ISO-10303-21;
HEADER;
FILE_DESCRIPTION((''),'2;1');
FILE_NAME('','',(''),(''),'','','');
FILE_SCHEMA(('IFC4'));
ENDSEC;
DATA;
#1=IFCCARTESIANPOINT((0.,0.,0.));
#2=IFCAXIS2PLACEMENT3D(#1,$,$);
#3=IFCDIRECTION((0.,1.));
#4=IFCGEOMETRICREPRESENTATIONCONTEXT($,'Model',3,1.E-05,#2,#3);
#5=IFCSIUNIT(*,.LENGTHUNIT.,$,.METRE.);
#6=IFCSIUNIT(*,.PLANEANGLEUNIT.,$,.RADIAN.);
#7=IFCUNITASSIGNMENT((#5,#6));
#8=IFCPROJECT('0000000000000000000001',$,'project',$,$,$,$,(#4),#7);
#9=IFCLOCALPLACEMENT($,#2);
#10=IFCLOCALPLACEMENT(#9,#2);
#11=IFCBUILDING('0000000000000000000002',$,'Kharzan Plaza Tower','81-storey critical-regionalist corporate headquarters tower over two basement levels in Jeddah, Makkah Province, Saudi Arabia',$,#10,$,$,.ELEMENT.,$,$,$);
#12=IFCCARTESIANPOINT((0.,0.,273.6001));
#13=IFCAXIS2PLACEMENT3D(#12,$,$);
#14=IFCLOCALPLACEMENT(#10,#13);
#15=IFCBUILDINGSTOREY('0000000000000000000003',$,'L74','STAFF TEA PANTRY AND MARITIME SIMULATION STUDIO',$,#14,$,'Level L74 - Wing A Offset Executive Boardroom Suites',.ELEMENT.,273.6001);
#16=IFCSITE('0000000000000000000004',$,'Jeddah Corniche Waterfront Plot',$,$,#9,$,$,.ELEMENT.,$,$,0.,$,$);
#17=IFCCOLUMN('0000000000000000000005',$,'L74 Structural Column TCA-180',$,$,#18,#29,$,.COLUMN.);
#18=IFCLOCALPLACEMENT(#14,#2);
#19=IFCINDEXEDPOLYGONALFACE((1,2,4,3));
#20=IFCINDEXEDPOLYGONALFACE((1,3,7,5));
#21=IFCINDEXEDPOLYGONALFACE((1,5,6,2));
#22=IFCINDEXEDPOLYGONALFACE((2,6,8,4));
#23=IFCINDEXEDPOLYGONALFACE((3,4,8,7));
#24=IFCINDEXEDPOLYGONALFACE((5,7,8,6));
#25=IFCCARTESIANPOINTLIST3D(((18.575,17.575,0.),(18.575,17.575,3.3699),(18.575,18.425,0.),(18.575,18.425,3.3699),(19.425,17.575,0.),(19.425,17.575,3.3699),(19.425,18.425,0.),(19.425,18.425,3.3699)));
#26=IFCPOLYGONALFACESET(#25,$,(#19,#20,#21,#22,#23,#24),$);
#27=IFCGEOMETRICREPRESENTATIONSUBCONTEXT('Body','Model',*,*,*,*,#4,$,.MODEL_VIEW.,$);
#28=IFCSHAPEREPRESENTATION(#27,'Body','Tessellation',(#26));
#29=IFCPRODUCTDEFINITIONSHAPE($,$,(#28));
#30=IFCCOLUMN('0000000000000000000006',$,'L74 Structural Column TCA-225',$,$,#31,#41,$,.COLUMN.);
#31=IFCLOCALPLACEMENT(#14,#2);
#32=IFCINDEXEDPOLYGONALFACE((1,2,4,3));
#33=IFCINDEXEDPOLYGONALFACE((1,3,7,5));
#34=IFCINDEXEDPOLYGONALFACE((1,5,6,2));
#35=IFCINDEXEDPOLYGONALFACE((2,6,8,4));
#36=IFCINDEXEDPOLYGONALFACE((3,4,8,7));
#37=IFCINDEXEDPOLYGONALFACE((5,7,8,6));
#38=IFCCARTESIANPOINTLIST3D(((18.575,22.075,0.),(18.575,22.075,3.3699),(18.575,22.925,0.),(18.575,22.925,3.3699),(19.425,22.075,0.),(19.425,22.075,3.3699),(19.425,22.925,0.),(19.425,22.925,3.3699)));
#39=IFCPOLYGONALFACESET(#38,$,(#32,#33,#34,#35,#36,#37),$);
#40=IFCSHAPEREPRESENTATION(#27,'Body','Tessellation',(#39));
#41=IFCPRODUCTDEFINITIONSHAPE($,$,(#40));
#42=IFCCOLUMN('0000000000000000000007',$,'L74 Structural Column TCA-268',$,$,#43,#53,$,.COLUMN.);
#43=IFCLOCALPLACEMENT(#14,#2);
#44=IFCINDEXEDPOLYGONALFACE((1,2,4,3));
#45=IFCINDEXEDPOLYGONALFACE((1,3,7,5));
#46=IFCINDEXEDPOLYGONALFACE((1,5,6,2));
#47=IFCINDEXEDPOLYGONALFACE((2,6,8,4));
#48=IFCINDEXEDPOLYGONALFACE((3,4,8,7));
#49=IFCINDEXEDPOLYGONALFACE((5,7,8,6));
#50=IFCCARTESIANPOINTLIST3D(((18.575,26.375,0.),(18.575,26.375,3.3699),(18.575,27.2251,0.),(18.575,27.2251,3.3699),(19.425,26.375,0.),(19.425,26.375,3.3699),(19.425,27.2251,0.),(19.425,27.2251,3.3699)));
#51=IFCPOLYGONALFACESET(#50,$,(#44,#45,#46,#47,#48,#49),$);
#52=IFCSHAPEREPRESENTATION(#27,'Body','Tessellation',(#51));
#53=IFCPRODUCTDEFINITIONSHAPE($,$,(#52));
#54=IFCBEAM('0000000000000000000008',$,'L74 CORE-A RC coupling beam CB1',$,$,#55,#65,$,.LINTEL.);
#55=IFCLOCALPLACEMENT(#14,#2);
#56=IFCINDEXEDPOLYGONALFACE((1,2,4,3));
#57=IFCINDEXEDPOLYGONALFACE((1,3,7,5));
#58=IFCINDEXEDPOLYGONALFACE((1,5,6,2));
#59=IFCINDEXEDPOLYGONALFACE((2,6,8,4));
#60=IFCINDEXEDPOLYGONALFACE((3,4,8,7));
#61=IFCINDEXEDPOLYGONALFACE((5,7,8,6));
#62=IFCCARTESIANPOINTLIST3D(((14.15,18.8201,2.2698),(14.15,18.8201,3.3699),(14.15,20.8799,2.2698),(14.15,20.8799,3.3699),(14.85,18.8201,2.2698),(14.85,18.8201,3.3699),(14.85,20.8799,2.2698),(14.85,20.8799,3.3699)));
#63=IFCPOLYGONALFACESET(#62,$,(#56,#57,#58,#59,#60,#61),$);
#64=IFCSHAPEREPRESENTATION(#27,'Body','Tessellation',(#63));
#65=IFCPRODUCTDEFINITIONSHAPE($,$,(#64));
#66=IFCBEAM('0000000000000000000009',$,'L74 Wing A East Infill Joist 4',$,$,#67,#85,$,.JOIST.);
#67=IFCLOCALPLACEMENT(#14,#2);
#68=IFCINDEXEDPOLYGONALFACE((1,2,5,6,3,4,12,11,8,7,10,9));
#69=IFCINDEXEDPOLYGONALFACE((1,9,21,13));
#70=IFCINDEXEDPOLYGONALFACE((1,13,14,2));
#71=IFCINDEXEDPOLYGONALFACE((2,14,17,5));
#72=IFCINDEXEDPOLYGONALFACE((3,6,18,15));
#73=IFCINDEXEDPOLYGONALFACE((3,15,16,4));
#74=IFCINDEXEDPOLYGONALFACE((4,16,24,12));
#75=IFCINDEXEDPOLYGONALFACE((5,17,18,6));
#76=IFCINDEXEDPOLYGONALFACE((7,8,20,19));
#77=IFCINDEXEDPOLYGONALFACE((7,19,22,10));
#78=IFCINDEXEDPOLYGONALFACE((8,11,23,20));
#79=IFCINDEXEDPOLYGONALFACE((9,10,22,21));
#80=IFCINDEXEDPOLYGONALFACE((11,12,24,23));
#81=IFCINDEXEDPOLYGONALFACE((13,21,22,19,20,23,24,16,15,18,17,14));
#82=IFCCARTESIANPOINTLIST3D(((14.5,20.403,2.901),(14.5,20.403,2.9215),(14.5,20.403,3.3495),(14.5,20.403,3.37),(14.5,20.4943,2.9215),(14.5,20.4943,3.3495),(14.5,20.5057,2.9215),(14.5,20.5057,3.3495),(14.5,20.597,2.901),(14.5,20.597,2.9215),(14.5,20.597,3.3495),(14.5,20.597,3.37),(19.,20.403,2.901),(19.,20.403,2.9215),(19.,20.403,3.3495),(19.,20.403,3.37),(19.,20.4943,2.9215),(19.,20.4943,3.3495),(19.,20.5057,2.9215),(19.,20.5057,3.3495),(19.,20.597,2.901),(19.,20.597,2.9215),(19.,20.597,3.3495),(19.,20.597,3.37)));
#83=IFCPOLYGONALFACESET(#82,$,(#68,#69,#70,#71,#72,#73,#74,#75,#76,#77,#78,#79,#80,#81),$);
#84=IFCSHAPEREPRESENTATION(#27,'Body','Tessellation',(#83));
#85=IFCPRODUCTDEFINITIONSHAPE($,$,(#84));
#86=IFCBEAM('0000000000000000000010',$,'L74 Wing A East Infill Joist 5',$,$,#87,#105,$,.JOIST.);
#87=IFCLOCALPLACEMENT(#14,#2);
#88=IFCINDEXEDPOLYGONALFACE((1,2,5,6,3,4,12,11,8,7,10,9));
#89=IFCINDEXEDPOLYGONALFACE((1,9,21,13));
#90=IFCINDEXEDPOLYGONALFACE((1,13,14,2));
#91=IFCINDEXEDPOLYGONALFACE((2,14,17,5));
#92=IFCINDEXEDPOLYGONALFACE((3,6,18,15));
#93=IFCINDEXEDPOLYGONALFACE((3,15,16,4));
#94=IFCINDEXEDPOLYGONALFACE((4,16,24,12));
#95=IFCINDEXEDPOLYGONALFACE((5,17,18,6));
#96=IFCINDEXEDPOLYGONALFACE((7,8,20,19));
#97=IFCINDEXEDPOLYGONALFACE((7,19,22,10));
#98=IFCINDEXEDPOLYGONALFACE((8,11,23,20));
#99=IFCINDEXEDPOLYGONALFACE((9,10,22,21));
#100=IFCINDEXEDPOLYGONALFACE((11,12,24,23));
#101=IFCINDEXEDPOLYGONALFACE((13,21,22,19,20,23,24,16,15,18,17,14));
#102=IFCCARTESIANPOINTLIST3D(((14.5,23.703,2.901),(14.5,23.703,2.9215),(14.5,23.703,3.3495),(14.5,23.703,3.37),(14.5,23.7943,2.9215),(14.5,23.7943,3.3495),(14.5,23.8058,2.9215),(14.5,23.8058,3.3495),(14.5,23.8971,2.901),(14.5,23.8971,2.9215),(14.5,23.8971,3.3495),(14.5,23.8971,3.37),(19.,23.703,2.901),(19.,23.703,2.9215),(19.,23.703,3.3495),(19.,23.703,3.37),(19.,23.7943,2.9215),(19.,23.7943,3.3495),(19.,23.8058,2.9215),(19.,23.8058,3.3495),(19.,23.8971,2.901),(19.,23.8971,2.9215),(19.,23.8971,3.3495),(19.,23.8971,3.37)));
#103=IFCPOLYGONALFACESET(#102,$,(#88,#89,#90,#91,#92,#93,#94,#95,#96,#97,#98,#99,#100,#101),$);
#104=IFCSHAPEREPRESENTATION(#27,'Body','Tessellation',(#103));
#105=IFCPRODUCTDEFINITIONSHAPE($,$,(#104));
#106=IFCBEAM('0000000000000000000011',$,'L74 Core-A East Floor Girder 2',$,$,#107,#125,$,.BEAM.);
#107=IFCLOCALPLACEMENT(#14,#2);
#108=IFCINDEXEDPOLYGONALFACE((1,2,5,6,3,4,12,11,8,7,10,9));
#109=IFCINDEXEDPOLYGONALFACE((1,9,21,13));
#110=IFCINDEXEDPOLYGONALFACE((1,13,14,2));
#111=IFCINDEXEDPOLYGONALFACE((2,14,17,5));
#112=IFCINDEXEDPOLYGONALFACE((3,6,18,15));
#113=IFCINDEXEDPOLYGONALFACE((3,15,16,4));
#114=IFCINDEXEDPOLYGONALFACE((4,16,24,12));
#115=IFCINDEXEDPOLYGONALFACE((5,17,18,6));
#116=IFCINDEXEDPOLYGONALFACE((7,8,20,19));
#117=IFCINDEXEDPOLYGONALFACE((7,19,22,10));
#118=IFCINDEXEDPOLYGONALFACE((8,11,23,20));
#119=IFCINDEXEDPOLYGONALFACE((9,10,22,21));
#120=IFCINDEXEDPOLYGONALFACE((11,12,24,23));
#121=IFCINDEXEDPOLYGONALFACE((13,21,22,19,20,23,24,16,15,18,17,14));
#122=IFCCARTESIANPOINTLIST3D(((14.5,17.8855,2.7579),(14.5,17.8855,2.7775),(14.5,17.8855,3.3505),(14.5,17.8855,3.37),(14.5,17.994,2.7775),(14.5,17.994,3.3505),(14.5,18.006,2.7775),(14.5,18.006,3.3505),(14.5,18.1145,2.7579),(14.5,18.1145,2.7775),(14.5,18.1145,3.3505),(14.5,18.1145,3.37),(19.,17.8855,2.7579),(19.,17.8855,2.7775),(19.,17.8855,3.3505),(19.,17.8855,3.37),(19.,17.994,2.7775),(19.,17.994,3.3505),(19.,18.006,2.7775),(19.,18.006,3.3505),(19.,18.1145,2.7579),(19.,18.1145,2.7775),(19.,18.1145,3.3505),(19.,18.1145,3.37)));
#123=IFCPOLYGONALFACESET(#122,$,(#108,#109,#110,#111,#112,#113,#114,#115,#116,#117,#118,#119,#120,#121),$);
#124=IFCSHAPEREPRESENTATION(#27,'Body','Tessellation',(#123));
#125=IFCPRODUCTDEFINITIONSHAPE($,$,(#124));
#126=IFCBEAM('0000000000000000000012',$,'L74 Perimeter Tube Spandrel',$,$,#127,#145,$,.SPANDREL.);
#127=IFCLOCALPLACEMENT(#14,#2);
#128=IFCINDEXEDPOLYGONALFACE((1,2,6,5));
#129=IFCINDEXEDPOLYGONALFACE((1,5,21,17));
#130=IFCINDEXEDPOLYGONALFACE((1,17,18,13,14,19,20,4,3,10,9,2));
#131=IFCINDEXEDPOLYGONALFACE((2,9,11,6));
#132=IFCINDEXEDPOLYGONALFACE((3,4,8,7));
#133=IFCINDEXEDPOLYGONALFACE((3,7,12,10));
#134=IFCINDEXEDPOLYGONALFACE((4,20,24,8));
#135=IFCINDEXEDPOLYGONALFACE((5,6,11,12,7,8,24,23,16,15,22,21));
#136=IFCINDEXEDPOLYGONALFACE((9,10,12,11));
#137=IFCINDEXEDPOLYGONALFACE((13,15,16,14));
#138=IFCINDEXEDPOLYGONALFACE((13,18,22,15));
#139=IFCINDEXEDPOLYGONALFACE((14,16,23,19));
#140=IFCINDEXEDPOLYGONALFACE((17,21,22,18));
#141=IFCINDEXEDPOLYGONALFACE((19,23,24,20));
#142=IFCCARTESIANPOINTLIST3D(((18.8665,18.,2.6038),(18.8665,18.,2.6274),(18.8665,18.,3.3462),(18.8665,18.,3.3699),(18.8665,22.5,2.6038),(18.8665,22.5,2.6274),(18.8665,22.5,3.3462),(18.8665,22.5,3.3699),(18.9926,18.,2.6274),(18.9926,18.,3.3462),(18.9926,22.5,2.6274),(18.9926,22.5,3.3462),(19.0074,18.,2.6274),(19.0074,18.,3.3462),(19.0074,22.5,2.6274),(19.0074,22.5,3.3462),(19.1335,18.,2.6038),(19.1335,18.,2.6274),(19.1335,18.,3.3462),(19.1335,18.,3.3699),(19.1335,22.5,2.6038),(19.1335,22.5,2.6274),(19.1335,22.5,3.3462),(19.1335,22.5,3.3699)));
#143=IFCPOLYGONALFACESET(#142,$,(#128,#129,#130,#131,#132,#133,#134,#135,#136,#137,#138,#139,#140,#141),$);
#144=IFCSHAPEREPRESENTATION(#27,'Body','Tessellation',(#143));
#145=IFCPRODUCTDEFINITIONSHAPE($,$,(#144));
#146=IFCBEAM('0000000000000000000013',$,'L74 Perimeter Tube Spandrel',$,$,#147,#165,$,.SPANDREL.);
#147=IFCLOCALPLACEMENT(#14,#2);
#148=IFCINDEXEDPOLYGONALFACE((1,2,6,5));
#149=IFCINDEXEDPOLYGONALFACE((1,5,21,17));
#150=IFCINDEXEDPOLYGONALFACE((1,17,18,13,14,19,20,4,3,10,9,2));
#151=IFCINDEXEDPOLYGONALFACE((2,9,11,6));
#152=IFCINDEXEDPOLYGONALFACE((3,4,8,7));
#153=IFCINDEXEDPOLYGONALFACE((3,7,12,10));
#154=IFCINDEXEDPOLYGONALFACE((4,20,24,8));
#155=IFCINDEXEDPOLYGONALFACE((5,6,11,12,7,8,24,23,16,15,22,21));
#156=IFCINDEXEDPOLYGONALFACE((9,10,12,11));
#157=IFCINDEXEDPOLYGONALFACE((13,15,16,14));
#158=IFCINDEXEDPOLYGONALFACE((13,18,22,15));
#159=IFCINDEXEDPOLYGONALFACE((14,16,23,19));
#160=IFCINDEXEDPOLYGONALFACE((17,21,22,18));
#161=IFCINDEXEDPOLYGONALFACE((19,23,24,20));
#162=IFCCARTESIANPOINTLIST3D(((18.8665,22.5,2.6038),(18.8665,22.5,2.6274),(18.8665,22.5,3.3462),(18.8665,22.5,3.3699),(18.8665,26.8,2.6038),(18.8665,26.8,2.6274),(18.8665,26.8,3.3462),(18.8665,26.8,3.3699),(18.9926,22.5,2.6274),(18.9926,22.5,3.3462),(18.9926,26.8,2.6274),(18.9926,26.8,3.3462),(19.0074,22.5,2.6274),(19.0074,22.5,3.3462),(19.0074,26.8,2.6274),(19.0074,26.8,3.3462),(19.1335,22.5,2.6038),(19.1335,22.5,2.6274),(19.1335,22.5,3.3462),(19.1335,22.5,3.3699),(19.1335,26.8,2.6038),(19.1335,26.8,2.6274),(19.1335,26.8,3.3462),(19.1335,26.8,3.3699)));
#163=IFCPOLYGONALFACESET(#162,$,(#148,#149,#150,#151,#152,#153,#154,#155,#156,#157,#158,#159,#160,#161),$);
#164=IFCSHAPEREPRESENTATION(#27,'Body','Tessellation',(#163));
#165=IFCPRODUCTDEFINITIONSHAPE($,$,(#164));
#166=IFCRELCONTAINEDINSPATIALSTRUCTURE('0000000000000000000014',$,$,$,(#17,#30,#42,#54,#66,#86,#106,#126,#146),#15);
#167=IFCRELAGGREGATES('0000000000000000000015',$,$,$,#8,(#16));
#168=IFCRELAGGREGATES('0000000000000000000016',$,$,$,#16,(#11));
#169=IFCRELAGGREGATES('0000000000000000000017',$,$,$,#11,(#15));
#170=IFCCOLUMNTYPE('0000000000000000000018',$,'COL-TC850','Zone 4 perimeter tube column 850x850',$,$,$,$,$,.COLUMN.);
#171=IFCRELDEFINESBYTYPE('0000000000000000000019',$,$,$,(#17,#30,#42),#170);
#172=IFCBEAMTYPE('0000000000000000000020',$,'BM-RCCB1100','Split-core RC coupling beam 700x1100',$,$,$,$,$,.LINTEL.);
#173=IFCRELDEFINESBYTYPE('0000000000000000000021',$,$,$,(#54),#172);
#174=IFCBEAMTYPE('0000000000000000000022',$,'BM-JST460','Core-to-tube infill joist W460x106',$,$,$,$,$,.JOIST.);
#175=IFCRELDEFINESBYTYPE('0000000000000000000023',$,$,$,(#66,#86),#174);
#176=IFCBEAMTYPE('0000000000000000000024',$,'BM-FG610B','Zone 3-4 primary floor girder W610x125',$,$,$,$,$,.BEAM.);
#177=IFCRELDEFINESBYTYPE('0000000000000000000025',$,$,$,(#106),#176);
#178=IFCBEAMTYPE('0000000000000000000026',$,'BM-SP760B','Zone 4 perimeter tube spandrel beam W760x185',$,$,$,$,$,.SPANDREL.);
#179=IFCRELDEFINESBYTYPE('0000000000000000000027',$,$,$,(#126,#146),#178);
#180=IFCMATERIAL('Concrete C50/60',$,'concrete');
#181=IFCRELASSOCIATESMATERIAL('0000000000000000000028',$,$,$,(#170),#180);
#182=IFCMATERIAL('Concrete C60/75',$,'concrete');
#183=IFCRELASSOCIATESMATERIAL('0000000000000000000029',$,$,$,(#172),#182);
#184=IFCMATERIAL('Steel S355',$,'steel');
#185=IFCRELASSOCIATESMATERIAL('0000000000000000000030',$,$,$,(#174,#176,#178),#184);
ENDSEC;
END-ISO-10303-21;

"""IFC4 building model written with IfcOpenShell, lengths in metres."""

from ifc_helpers import new_model, si_unit, direction, frame, origin, origin_2d, place, context, subcontext, project, spatial, rectangle, i_section, extrude, source, transform, mapped, material, material_profile, profile_set, type_object, element, save


model = new_model("IFC4")

# Units and contexts
model_context = context("Model", 3, precision=1e-05, world=origin(), true_north=direction((0.0, 1.0)))
body_context = subcontext(model_context, "Body", "Model", "MODEL_VIEW")
ifc_project = project(units=[si_unit("LENGTHUNIT", "METRE"), si_unit("PLANEANGLEUNIT", "RADIAN")], contexts=[model_context])

# Site, building, storey
site_placement = place(None, origin())
site = spatial("IfcSite", under=ifc_project, at=site_placement, Name="Jeddah Corniche Waterfront Plot", CompositionType="ELEMENT", RefElevation=0.0)
building_placement = place(site_placement, origin())
building = spatial("IfcBuilding", under=site, at=building_placement, Name="Kharzan Plaza Tower", Description="81-storey critical-regionalist corporate headquarters tower over two basement levels in Jeddah, Makkah Province, Saudi Arabia", CompositionType="ELEMENT")
storey_placement = place(building_placement, frame((0.0, 0.0, 273.6001)))
storey = spatial("IfcBuildingStorey", under=building, at=storey_placement, Name="L74", Description="STAFF TEA PANTRY AND MARITIME SIMULATION STUDIO", LongName="Level L74 - Wing A Offset Executive Boardroom Suites", CompositionType="ELEMENT", Elevation=273.6001)

# Columns
ifc_material_1 = material(Name="Concrete C50/60", Category="concrete")
ifc_material_profile_1 = material_profile(ifc_material_1, rectangle(XDim=0.8501, YDim=0.8501, at=origin_2d()), Name="RC-TC850x850")
ifc_profile_set_1 = profile_set([ifc_material_profile_1], Name="Concrete C50/60")
column_type = type_object("IfcColumnType", Name="COL-TC850", Description="Zone 4 perimeter tube column 850x850", PredefinedType="COLUMN", material=ifc_profile_set_1)
shared_shape_1 = source(origin(), body_context, "Body", "SweptSolid", [
    extrude(rectangle(XDim=0.8501, YDim=0.8501, at=origin_2d()), origin(), (0.0, 0.0, 1.0), 3.3699),
])
for number, where, z_axis, x_axis, name in (
    (1, (19.0, 18.0, 0.0), (0.0, 0.0, 1.0), (1.0, 0.0, 0.0), "L74 Structural Column TCA-180"),
    (2, (19.0, 22.5, 0.0), (0.0, 0.0, 1.0), (1.0, 0.0, 0.0), "L74 Structural Column TCA-225"),
    (3, (19.0, 26.8, 0.0), (0.0, 0.0, 1.0), (1.0, 0.0, 0.0), "L74 Structural Column TCA-268"),
):
    element("IfcColumn", number, at=place(storey_placement, frame(where, z_axis=z_axis, x_axis=x_axis)), inside=storey, type_object=column_type, Name=name, PredefinedType="COLUMN", context=body_context, shape_type="MappedRepresentation", body=[
        mapped(shared_shape_1, transform((0.0, 0.0, 0.0), x_axis=(1.0, 0.0, 0.0), y_axis=(0.0, 1.0, 0.0), z_axis=(0.0, 0.0, 1.0))),
    ])

# Beams
ifc_material_2 = material(Name="Concrete C60/75", Category="concrete")
ifc_material_profile_2 = material_profile(ifc_material_2, rectangle(XDim=0.7, YDim=1.1001, at=origin_2d()), Name="RC-CB1100x700")
ifc_profile_set_2 = profile_set([ifc_material_profile_2], Name="Concrete C60/75")
beam_type_1 = type_object("IfcBeamType", Name="BM-RCCB1100", Description="Split-core RC coupling beam 700x1100", PredefinedType="LINTEL", material=ifc_profile_set_2)
shared_shape_2 = source(origin(), body_context, "Body", "SweptSolid", [
    extrude(rectangle(XDim=0.7, YDim=1.1001, at=origin_2d()), origin(), (0.0, 0.0, 1.0), 2.0598),
])
beam_1_placement = place(storey_placement, frame((14.5, 18.8201, 2.8198), z_axis=(0.0, 1.0, 0.0), x_axis=(-1.0, 0.0, 0.0)))
element("IfcBeam", 4, at=beam_1_placement, inside=storey, type_object=beam_type_1, Name="L74 CORE-A RC coupling beam CB1", PredefinedType="LINTEL", context=body_context, shape_type="MappedRepresentation", body=[
    mapped(shared_shape_2, transform((0.0, 0.0, 0.0), x_axis=(1.0, 0.0, 0.0), y_axis=(0.0, 1.0, 0.0), z_axis=(0.0, 0.0, 1.0))),
])
ifc_material_3 = material(Name="Steel S355", Category="steel")
ifc_material_profile_3 = material_profile(ifc_material_3, i_section(OverallWidth=0.1941, OverallDepth=0.469, WebThickness=0.0115, FlangeThickness=0.0205, at=origin_2d()), Name="W460x106")
ifc_profile_set_3 = profile_set([ifc_material_profile_3], Name="Steel S355")
beam_type_2 = type_object("IfcBeamType", Name="BM-JST460", Description="Core-to-tube infill joist W460x106", PredefinedType="JOIST", material=ifc_profile_set_3)
shared_shape_3 = source(origin(), body_context, "Body", "SweptSolid", [
    extrude(i_section(OverallWidth=0.1941, OverallDepth=0.469, WebThickness=0.0115, FlangeThickness=0.0205, at=origin_2d()), origin(), (0.0, 0.0, 1.0), 4.5),
])
for number, where, z_axis, x_axis, name in (
    (5, (14.5, 20.5, 3.1355), (1.0, 0.0, 0.0), (0.0, 1.0, 0.0), "L74 Wing A East Infill Joist 4"),
    (6, (14.5, 23.8, 3.1355), (1.0, 0.0, 0.0), (0.0, 1.0, 0.0), "L74 Wing A East Infill Joist 5"),
):
    element("IfcBeam", number, at=place(storey_placement, frame(where, z_axis=z_axis, x_axis=x_axis)), inside=storey, type_object=beam_type_2, Name=name, PredefinedType="JOIST", context=body_context, shape_type="MappedRepresentation", body=[
        mapped(shared_shape_3, transform((0.0, 0.0, 0.0), x_axis=(1.0, 0.0, 0.0), y_axis=(0.0, 1.0, 0.0), z_axis=(0.0, 0.0, 1.0))),
    ])
ifc_material_profile_4 = material_profile(ifc_material_3, i_section(OverallWidth=0.229, OverallDepth=0.6121, WebThickness=0.012, FlangeThickness=0.0195, at=origin_2d()), Name="W610x125")
ifc_profile_set_4 = profile_set([ifc_material_profile_4], Name="Steel S355")
beam_type_3 = type_object("IfcBeamType", Name="BM-FG610B", Description="Zone 3-4 primary floor girder W610x125", PredefinedType="BEAM", material=ifc_profile_set_4)
shared_shape_4 = source(origin(), body_context, "Body", "SweptSolid", [
    extrude(i_section(OverallWidth=0.229, OverallDepth=0.6121, WebThickness=0.012, FlangeThickness=0.0195, at=origin_2d()), origin(), (0.0, 0.0, 1.0), 4.5),
])
beam_2_placement = place(storey_placement, frame((14.5, 18.0, 3.064), z_axis=(1.0, 0.0, 0.0), x_axis=(0.0, 1.0, 0.0)))
element("IfcBeam", 7, at=beam_2_placement, inside=storey, type_object=beam_type_3, Name="L74 Core-A East Floor Girder 2", PredefinedType="BEAM", context=body_context, shape_type="MappedRepresentation", body=[
    mapped(shared_shape_4, transform((0.0, 0.0, 0.0), x_axis=(1.0, 0.0, 0.0), y_axis=(0.0, 1.0, 0.0), z_axis=(0.0, 0.0, 1.0))),
])
ifc_material_profile_5 = material_profile(ifc_material_3, i_section(OverallWidth=0.2671, OverallDepth=0.7661, WebThickness=0.0149, FlangeThickness=0.0237, at=origin_2d()), Name="W760x185")
ifc_profile_set_5 = profile_set([ifc_material_profile_5], Name="Steel S355")
beam_type_4 = type_object("IfcBeamType", Name="BM-SP760B", Description="Zone 4 perimeter tube spandrel beam W760x185", PredefinedType="SPANDREL", material=ifc_profile_set_5)
shared_shape_5 = source(origin(), body_context, "Body", "SweptSolid", [
    extrude(i_section(OverallWidth=0.2671, OverallDepth=0.7661, WebThickness=0.0149, FlangeThickness=0.0237, at=origin_2d()), origin(), (0.0, 0.0, 1.0), 4.5),
])
beam_3_placement = place(storey_placement, frame((19.0, 18.0, 2.9868), z_axis=(0.0, 1.0, 0.0), x_axis=(-1.0, 0.0, 0.0)))
element("IfcBeam", 8, at=beam_3_placement, inside=storey, type_object=beam_type_4, Name="L74 Perimeter Tube Spandrel", PredefinedType="SPANDREL", context=body_context, shape_type="MappedRepresentation", body=[
    mapped(shared_shape_5, transform((0.0, 0.0, 0.0), x_axis=(1.0, 0.0, 0.0), y_axis=(0.0, 1.0, 0.0), z_axis=(0.0, 0.0, 1.0))),
])
shared_shape_6 = source(origin(), body_context, "Body", "SweptSolid", [
    extrude(i_section(OverallWidth=0.2671, OverallDepth=0.7661, WebThickness=0.0149, FlangeThickness=0.0237, at=origin_2d()), origin(), (0.0, 0.0, 1.0), 4.3),
])
beam_4_placement = place(storey_placement, frame((19.0, 22.5, 2.9868), z_axis=(0.0, 1.0, 0.0), x_axis=(-1.0, 0.0, 0.0)))
element("IfcBeam", 9, at=beam_4_placement, inside=storey, type_object=beam_type_4, Name="L74 Perimeter Tube Spandrel", PredefinedType="SPANDREL", context=body_context, shape_type="MappedRepresentation", body=[
    mapped(shared_shape_6, transform((0.0, 0.0, 0.0), x_axis=(1.0, 0.0, 0.0), y_axis=(0.0, 1.0, 0.0), z_axis=(0.0, 0.0, 1.0))),
])

save(model, "model.ifc")
